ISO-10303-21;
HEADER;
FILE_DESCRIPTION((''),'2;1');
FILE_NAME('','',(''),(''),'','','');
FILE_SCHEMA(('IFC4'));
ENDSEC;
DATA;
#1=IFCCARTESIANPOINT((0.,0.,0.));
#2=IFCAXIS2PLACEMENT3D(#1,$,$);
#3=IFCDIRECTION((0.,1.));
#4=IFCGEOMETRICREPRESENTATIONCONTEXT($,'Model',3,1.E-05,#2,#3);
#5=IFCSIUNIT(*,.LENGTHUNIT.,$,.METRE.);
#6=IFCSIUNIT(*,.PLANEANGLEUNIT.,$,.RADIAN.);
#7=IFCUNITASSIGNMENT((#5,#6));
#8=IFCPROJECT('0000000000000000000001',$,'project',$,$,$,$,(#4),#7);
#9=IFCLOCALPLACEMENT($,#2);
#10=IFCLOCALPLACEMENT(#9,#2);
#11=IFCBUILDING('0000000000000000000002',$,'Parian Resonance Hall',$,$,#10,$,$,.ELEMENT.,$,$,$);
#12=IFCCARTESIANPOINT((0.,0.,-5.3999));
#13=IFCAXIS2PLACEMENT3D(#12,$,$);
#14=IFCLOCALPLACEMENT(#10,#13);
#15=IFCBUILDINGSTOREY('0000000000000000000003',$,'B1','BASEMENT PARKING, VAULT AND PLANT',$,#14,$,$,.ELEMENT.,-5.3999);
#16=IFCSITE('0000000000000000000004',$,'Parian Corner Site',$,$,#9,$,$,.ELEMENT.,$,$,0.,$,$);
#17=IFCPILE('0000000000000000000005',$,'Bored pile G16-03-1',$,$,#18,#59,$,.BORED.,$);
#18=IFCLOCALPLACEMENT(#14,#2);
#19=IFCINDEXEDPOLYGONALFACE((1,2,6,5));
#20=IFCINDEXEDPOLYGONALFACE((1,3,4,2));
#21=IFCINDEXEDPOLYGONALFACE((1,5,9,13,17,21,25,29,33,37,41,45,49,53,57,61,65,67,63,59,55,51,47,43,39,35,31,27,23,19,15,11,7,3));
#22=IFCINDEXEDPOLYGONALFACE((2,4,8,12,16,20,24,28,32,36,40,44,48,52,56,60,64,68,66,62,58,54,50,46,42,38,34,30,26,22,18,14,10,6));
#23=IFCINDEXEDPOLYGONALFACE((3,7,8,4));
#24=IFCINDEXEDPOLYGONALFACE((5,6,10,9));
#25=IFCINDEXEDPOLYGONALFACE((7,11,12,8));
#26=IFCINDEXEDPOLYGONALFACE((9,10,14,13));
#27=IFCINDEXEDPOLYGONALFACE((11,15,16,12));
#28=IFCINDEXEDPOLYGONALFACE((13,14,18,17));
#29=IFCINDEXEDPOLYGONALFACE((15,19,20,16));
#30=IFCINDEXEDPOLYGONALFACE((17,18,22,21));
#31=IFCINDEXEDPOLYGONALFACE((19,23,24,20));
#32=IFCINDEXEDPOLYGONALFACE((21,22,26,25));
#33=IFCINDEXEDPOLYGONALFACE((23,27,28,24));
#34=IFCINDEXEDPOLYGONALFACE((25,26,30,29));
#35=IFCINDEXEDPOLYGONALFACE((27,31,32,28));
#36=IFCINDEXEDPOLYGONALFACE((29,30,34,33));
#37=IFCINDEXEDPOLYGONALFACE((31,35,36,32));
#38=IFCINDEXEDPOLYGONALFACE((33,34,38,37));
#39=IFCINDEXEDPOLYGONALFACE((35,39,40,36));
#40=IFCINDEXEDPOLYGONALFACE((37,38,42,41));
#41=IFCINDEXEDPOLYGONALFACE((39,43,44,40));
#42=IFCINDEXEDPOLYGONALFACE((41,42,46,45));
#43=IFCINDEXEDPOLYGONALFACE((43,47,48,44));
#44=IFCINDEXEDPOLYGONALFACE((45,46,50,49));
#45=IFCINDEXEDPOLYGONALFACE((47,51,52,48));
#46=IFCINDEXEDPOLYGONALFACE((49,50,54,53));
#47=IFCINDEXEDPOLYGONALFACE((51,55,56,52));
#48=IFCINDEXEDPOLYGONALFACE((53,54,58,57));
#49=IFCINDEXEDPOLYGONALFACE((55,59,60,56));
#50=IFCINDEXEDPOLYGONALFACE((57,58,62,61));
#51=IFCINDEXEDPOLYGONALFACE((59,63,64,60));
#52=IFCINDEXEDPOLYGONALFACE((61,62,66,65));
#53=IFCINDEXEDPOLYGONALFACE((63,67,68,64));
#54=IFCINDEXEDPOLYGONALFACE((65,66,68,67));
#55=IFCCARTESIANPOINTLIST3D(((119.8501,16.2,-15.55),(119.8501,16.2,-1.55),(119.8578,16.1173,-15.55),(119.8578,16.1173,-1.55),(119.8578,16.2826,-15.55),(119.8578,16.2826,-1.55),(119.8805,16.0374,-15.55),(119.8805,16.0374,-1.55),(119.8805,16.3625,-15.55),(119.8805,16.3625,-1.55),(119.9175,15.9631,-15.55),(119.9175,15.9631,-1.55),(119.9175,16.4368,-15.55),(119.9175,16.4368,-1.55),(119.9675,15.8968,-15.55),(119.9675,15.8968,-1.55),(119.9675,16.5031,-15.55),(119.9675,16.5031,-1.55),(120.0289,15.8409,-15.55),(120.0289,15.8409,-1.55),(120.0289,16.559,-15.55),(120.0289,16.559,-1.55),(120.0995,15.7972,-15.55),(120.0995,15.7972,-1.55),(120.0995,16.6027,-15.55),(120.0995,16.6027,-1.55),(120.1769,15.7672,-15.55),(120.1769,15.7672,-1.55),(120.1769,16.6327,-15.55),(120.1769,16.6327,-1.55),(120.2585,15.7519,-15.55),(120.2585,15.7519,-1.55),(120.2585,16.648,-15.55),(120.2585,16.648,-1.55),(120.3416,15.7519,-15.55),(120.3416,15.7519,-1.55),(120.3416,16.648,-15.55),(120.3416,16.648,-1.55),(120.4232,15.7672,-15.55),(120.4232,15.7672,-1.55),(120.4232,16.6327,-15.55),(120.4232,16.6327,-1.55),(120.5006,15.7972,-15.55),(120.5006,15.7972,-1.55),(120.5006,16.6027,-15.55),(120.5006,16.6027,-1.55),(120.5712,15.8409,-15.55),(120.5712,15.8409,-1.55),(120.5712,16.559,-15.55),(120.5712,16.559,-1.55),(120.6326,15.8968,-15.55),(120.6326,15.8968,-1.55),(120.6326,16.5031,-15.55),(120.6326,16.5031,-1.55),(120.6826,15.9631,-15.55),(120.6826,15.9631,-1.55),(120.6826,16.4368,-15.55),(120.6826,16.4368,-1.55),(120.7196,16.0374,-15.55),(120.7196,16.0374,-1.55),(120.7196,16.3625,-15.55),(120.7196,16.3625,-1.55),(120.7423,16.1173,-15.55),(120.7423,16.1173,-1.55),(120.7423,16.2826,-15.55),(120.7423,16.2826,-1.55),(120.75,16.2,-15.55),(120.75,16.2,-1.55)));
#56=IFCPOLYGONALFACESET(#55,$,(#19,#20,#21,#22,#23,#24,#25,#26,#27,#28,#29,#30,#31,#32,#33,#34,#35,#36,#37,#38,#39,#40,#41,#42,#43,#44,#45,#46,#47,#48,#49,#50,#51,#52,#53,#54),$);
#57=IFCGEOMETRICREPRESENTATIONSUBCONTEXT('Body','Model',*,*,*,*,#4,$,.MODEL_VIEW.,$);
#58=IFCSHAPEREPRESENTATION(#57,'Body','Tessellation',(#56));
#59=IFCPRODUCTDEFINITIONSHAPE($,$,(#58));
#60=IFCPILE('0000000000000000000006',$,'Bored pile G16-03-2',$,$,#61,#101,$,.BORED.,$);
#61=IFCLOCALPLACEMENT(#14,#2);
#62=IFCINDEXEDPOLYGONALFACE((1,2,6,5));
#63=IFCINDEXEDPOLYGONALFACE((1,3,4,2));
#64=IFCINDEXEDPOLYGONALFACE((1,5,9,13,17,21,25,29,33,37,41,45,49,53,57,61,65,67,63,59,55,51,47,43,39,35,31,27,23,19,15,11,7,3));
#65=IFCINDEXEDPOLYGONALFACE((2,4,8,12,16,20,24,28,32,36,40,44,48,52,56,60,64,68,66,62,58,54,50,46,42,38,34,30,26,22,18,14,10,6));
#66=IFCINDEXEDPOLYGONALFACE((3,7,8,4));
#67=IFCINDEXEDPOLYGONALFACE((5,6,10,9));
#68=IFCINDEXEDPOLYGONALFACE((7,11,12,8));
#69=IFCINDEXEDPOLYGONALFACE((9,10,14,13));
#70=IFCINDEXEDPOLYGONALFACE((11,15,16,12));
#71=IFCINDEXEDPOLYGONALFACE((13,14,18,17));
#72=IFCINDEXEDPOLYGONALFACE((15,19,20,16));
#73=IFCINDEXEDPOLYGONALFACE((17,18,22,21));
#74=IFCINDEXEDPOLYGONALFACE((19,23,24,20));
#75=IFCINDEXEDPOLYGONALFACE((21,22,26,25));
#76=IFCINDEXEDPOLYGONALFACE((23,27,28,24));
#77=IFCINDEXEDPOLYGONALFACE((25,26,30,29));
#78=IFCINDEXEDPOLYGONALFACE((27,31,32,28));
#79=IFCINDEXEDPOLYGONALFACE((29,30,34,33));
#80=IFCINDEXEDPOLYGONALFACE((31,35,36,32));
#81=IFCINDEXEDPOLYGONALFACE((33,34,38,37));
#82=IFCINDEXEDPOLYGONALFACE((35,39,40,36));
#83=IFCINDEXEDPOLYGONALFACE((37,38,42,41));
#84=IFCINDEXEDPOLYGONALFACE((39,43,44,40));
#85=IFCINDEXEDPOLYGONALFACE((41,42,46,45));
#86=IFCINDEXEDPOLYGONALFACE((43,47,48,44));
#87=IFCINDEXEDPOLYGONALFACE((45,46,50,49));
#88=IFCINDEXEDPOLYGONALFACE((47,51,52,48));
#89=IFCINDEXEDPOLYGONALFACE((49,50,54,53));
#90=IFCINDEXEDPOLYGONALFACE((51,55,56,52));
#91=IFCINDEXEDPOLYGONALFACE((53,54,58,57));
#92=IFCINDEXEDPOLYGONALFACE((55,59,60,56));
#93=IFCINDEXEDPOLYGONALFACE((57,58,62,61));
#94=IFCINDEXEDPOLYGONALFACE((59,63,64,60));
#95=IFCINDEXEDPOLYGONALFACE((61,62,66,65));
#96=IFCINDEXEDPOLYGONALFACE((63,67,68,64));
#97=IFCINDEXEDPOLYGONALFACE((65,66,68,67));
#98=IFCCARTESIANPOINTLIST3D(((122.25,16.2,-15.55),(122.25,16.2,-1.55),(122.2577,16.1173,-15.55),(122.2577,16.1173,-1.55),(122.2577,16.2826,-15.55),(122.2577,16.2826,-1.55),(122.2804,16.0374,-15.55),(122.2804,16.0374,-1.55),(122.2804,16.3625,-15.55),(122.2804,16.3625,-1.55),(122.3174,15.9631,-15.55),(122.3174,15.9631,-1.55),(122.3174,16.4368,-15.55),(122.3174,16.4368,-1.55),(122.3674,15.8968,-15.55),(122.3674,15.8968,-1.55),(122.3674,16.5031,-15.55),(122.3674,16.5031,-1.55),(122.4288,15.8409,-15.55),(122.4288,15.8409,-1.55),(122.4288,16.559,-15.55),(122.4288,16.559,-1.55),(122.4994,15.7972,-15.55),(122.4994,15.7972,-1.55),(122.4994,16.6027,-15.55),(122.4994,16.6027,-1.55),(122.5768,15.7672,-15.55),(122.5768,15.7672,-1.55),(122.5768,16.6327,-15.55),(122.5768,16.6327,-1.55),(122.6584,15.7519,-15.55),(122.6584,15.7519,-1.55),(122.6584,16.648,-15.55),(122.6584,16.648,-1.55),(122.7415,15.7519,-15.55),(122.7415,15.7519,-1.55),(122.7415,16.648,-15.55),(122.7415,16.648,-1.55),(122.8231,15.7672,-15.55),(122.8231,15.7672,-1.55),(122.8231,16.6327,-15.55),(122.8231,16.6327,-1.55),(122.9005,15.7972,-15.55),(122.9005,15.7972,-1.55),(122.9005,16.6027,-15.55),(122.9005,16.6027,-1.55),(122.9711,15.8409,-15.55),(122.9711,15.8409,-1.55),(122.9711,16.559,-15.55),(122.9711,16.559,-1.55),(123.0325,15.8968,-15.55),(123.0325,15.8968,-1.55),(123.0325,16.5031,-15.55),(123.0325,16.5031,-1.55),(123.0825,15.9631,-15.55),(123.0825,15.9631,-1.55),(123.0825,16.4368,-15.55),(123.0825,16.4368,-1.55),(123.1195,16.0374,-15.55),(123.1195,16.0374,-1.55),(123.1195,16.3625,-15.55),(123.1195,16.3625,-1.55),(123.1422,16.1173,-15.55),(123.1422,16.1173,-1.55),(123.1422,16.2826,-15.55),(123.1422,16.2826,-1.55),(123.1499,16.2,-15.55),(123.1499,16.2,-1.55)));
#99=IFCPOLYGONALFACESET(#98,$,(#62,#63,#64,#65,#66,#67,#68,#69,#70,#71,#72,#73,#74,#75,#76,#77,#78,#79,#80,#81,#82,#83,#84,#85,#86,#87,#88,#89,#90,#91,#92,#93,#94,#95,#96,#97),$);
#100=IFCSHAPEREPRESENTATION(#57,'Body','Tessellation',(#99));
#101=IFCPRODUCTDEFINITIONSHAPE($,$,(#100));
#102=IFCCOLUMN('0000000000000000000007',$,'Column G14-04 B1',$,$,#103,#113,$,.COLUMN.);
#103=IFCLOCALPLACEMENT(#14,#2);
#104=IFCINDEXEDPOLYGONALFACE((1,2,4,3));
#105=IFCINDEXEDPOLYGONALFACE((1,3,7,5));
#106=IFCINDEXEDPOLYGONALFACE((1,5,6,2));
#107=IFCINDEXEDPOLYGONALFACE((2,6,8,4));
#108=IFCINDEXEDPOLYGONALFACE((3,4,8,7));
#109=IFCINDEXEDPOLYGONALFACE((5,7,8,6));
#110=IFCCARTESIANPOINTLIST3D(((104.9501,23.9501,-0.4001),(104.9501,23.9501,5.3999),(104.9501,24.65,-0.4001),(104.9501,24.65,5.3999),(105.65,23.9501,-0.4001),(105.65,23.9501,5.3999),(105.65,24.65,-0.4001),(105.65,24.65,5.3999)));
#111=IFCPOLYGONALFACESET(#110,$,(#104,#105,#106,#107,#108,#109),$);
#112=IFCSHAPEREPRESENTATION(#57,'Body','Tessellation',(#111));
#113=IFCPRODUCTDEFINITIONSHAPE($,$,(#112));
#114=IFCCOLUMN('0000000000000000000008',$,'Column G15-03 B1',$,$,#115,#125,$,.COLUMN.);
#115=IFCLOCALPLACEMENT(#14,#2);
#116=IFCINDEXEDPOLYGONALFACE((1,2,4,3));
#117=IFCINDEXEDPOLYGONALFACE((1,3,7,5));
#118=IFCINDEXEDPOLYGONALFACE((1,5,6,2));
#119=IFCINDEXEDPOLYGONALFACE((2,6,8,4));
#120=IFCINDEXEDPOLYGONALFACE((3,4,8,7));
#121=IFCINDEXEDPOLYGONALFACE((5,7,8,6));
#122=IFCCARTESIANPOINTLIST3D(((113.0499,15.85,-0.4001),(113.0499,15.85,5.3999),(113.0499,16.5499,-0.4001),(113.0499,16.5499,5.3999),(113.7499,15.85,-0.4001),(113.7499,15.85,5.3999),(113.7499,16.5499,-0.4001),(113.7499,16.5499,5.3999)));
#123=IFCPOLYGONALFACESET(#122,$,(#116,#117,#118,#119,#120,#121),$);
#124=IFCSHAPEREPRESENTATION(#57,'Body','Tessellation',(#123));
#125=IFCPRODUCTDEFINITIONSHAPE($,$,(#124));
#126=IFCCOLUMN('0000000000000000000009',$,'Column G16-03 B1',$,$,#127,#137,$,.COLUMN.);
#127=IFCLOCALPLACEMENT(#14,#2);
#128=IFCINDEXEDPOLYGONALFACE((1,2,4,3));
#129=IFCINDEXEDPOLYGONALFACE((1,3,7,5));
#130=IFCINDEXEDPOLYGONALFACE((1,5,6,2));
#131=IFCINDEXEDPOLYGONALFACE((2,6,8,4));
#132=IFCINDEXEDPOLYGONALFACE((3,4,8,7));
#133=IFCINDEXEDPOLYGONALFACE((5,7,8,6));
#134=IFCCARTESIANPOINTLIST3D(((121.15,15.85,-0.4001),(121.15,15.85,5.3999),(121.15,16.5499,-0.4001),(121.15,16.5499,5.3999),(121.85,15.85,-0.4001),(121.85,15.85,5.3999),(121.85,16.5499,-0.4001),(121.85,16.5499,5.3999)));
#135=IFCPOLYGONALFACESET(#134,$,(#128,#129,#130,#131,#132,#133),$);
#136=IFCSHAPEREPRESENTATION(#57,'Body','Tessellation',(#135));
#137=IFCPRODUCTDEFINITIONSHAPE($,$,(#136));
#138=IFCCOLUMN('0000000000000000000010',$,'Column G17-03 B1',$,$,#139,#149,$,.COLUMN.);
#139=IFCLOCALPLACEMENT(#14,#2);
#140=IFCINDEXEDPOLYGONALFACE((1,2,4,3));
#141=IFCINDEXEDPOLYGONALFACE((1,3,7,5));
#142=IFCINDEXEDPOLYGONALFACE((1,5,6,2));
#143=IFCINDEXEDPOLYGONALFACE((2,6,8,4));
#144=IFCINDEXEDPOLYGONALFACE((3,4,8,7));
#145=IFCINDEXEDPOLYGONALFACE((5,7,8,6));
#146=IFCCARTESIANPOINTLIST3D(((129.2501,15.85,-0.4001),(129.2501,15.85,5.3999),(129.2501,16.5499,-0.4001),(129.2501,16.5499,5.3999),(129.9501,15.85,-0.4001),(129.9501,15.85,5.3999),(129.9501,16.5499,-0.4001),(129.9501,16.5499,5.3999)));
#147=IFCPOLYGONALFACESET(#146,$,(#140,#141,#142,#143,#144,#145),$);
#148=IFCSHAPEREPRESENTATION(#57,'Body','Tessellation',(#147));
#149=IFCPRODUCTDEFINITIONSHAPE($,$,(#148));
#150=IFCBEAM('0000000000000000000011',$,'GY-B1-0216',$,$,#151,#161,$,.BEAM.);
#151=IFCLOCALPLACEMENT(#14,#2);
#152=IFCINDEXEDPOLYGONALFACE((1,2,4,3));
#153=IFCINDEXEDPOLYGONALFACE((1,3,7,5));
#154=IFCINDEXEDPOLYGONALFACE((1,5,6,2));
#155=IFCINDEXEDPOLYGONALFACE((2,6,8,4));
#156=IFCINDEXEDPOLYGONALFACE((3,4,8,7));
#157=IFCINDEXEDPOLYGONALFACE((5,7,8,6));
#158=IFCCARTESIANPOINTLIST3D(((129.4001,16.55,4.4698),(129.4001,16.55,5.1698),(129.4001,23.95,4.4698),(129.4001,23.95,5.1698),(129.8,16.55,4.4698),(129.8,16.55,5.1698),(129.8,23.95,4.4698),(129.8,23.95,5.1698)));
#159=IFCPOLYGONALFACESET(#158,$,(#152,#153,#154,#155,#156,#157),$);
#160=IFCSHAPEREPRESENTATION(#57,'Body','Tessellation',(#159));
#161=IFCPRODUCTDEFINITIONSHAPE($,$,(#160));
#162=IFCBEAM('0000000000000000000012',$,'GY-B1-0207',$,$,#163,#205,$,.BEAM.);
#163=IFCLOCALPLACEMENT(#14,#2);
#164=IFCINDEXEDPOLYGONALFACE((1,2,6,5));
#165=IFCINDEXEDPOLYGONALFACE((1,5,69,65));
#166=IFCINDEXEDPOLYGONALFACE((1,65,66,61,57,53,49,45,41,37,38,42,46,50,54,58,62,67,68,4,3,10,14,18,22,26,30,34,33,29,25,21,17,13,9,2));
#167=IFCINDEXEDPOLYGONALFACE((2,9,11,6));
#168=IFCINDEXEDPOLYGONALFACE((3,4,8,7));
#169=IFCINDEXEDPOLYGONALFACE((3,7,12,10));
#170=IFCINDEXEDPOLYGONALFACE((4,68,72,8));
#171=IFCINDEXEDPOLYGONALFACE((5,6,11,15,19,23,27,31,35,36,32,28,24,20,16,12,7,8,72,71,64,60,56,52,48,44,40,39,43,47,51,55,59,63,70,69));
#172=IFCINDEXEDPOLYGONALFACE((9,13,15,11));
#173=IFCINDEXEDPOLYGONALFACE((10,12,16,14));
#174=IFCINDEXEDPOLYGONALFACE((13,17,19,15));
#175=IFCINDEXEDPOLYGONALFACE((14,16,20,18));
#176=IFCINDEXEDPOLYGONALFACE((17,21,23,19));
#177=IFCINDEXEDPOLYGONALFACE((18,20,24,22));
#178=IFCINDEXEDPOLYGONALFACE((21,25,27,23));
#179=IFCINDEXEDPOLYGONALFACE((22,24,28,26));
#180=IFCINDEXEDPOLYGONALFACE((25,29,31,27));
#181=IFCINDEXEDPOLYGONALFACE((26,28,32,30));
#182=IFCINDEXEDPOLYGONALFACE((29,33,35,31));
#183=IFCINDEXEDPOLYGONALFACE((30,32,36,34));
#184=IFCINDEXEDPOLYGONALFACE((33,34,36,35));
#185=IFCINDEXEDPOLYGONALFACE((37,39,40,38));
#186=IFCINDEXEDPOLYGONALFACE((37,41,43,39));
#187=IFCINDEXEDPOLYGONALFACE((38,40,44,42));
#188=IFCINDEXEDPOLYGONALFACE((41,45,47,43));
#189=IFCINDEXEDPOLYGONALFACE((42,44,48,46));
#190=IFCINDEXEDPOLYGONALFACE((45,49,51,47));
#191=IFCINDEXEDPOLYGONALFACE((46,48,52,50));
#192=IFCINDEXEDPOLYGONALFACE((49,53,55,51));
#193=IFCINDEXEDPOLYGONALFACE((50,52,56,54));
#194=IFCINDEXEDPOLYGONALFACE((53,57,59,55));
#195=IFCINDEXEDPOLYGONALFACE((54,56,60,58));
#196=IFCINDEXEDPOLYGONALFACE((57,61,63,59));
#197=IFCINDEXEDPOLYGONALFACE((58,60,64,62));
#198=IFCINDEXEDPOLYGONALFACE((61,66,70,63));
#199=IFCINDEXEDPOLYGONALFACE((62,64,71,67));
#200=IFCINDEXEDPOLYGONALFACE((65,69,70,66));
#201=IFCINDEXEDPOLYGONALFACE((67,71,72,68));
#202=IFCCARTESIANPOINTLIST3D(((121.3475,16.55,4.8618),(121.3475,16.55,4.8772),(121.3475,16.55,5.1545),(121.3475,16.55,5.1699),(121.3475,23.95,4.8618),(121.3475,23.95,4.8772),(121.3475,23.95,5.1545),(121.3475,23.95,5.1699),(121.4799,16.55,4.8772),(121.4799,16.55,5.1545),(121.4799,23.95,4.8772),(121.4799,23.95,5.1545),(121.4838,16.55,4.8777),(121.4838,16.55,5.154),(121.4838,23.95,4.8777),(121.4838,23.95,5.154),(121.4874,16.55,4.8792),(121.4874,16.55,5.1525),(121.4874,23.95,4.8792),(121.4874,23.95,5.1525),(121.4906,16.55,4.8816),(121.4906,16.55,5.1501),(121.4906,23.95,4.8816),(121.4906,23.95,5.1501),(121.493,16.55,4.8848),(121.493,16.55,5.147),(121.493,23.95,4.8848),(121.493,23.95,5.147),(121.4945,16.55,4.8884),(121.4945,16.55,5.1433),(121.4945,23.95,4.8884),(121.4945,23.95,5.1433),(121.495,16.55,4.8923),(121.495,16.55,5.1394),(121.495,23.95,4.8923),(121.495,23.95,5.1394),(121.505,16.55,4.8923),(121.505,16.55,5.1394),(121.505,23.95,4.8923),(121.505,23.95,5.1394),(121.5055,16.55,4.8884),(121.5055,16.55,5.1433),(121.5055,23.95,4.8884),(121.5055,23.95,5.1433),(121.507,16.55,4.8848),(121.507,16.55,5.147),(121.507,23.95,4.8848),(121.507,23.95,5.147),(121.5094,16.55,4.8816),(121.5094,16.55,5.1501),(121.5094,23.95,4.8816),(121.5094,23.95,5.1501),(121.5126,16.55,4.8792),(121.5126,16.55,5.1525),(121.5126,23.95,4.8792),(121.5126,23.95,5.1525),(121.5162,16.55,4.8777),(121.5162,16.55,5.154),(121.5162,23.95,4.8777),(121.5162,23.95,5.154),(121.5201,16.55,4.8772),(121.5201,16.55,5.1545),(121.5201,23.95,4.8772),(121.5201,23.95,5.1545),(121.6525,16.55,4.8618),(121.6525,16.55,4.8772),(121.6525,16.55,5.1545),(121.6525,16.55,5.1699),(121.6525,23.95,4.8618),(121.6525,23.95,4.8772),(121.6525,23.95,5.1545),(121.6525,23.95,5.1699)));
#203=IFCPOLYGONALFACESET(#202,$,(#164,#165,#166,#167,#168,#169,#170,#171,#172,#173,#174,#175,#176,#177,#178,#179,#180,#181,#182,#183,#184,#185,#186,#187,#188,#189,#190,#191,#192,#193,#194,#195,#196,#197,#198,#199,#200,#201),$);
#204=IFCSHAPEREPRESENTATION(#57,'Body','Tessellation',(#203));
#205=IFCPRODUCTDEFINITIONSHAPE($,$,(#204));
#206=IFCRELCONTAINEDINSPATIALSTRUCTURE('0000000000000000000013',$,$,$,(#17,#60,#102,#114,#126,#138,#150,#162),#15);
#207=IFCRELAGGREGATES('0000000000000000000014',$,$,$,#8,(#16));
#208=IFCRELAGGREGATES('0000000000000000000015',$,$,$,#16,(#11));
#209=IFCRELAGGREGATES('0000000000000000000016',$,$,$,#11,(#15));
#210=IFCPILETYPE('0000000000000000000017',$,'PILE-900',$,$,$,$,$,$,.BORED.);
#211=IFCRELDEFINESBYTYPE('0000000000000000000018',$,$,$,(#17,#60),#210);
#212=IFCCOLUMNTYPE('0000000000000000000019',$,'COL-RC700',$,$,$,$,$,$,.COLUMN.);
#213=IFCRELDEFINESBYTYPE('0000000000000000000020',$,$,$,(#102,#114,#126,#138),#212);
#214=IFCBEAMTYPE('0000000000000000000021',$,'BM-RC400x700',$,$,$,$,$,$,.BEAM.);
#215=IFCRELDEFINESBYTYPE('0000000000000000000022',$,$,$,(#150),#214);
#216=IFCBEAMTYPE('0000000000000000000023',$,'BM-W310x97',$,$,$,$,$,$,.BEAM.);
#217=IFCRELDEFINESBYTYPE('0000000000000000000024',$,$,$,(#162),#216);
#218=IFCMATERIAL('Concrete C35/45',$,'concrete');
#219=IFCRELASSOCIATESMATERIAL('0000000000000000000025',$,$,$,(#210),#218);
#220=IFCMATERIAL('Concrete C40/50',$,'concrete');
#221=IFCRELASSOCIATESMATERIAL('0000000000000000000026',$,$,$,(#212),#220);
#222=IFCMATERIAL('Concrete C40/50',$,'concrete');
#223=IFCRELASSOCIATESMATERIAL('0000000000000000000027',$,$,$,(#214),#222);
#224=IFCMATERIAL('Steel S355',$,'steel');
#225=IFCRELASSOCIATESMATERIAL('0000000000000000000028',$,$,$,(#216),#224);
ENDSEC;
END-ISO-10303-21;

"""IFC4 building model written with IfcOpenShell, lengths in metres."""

from ifc_helpers import new_model, si_unit, direction, frame, origin, origin_2d, place, context, subcontext, project, spatial, rectangle, circle, i_section, extrude, material, material_profile, profile_set, type_object, element, save


model = new_model("IFC4")

# Units and contexts
model_context = context("Model", 3, precision=1e-05, world=origin(), true_north=direction((0.0, 1.0)))
body_context = subcontext(model_context, "Body", "Model", "MODEL_VIEW")
ifc_project = project(units=[si_unit("LENGTHUNIT", "METRE"), si_unit("PLANEANGLEUNIT", "RADIAN")], contexts=[model_context])

# Site, building, storey
site_placement = place(None, origin())
site = spatial("IfcSite", under=ifc_project, at=site_placement, Name="Parian Corner Site", CompositionType="ELEMENT", RefElevation=0.0)
building_placement = place(site_placement, origin())
building = spatial("IfcBuilding", under=site, at=building_placement, Name="Parian Resonance Hall", CompositionType="ELEMENT")
storey_placement = place(building_placement, frame((0.0, 0.0, -5.3999)))
storey = spatial("IfcBuildingStorey", under=building, at=storey_placement, Name="B1", Description="BASEMENT PARKING, VAULT AND PLANT", CompositionType="ELEMENT", Elevation=-5.3999)

# Piles
ifc_material_1 = material(Name="Concrete C35/45", Category="concrete")
ifc_material_profile_1 = material_profile(ifc_material_1, circle(Radius=0.45, at=origin_2d()), Name="PILE-D900")
ifc_profile_set_1 = profile_set([ifc_material_profile_1], Name="Concrete C35/45")
pile_type_1 = type_object("IfcPileType", Name="PILE-900", PredefinedType="BORED", material=ifc_profile_set_1)
for number, where, z_axis, x_axis, name in (
    (1, (120.3, 16.2, -1.55), (0.0, 0.0, -1.0), (1.0, 0.0, 0.0), "Bored pile G16-03-1"),
    (2, (122.7, 16.2, -1.55), (0.0, 0.0, -1.0), (1.0, 0.0, 0.0), "Bored pile G16-03-2"),
):
    element("IfcPile", number, at=place(storey_placement, frame(where, z_axis=z_axis, x_axis=x_axis)), inside=storey, type_object=pile_type_1, Name=name, PredefinedType="BORED", context=body_context, shape_type="SweptSolid", body=[
        extrude(circle(Radius=0.45, at=origin_2d()), origin(), (0.0, 0.0, 1.0), 14.0),
    ])

# Columns
ifc_material_2 = material(Name="Concrete C40/50", Category="concrete")
ifc_material_profile_2 = material_profile(ifc_material_2, rectangle(XDim=0.7, YDim=0.7, at=origin_2d()), Name="RC-COL-700x700")
ifc_profile_set_2 = profile_set([ifc_material_profile_2], Name="Concrete C40/50")
column_type = type_object("IfcColumnType", Name="COL-RC700", PredefinedType="COLUMN", material=ifc_profile_set_2)
for number, where, z_axis, x_axis, name in (
    (3, (105.3, 24.3, -0.4001), (0.0, 0.0, 1.0), (1.0, 0.0, 0.0), "Column G14-04 B1"),
    (4, (113.3999, 16.2, -0.4001), (0.0, 0.0, 1.0), (1.0, 0.0, 0.0), "Column G15-03 B1"),
    (5, (121.5, 16.2, -0.4001), (0.0, 0.0, 1.0), (1.0, 0.0, 0.0), "Column G16-03 B1"),
    (6, (129.6001, 16.2, -0.4001), (0.0, 0.0, 1.0), (1.0, 0.0, 0.0), "Column G17-03 B1"),
):
    element("IfcColumn", number, at=place(storey_placement, frame(where, z_axis=z_axis, x_axis=x_axis)), inside=storey, type_object=column_type, Name=name, PredefinedType="COLUMN", context=body_context, shape_type="SweptSolid", body=[
        extrude(rectangle(XDim=0.7, YDim=0.7, at=origin_2d()), origin(), (0.0, 0.0, 1.0), 5.8),
    ])

# Beams
ifc_material_3 = material(Name="Concrete C40/50", Category="concrete")
ifc_material_profile_3 = material_profile(ifc_material_3, rectangle(XDim=0.3999, YDim=0.7, at=origin_2d()), Name="RC-BM-400x700")
ifc_profile_set_3 = profile_set([ifc_material_profile_3], Name="Concrete C40/50")
beam_type_1 = type_object("IfcBeamType", Name="BM-RC400x700", PredefinedType="BEAM", material=ifc_profile_set_3)
beam_1_placement = place(storey_placement, frame((129.6001, 16.55, 4.8198), z_axis=(0.0, 1.0, 0.0), x_axis=(-1.0, 0.0, 0.0)))
element("IfcBeam", 7, at=beam_1_placement, inside=storey, type_object=beam_type_1, Name="GY-B1-0216", PredefinedType="BEAM", context=body_context, shape_type="SweptSolid", body=[
    extrude(rectangle(XDim=0.3999, YDim=0.7, at=origin_2d()), origin(), (0.0, 0.0, 1.0), 7.3999),
])
ifc_material_4 = material(Name="Steel S355", Category="steel")
ifc_material_profile_4 = material_profile(ifc_material_4, i_section(OverallWidth=0.3049, OverallDepth=0.3081, WebThickness=0.01, FlangeThickness=0.0154, FilletRadius=0.0151, at=origin_2d()), Name="W310x97")
ifc_profile_set_4 = profile_set([ifc_material_profile_4], Name="Steel S355")
beam_type_2 = type_object("IfcBeamType", Name="BM-W310x97", PredefinedType="BEAM", material=ifc_profile_set_4)
beam_2_placement = place(storey_placement, frame((121.5, 16.55, 5.0159), z_axis=(0.0, 1.0, 0.0), x_axis=(-1.0, 0.0, 0.0)))
element("IfcBeam", 8, at=beam_2_placement, inside=storey, type_object=beam_type_2, Name="GY-B1-0207", PredefinedType="BEAM", context=body_context, shape_type="SweptSolid", body=[
    extrude(i_section(OverallWidth=0.3049, OverallDepth=0.3081, WebThickness=0.01, FlangeThickness=0.0154, FilletRadius=0.0151, at=origin_2d()), origin(), (0.0, 0.0, 1.0), 7.3999),
])

save(model, "model.ifc")
